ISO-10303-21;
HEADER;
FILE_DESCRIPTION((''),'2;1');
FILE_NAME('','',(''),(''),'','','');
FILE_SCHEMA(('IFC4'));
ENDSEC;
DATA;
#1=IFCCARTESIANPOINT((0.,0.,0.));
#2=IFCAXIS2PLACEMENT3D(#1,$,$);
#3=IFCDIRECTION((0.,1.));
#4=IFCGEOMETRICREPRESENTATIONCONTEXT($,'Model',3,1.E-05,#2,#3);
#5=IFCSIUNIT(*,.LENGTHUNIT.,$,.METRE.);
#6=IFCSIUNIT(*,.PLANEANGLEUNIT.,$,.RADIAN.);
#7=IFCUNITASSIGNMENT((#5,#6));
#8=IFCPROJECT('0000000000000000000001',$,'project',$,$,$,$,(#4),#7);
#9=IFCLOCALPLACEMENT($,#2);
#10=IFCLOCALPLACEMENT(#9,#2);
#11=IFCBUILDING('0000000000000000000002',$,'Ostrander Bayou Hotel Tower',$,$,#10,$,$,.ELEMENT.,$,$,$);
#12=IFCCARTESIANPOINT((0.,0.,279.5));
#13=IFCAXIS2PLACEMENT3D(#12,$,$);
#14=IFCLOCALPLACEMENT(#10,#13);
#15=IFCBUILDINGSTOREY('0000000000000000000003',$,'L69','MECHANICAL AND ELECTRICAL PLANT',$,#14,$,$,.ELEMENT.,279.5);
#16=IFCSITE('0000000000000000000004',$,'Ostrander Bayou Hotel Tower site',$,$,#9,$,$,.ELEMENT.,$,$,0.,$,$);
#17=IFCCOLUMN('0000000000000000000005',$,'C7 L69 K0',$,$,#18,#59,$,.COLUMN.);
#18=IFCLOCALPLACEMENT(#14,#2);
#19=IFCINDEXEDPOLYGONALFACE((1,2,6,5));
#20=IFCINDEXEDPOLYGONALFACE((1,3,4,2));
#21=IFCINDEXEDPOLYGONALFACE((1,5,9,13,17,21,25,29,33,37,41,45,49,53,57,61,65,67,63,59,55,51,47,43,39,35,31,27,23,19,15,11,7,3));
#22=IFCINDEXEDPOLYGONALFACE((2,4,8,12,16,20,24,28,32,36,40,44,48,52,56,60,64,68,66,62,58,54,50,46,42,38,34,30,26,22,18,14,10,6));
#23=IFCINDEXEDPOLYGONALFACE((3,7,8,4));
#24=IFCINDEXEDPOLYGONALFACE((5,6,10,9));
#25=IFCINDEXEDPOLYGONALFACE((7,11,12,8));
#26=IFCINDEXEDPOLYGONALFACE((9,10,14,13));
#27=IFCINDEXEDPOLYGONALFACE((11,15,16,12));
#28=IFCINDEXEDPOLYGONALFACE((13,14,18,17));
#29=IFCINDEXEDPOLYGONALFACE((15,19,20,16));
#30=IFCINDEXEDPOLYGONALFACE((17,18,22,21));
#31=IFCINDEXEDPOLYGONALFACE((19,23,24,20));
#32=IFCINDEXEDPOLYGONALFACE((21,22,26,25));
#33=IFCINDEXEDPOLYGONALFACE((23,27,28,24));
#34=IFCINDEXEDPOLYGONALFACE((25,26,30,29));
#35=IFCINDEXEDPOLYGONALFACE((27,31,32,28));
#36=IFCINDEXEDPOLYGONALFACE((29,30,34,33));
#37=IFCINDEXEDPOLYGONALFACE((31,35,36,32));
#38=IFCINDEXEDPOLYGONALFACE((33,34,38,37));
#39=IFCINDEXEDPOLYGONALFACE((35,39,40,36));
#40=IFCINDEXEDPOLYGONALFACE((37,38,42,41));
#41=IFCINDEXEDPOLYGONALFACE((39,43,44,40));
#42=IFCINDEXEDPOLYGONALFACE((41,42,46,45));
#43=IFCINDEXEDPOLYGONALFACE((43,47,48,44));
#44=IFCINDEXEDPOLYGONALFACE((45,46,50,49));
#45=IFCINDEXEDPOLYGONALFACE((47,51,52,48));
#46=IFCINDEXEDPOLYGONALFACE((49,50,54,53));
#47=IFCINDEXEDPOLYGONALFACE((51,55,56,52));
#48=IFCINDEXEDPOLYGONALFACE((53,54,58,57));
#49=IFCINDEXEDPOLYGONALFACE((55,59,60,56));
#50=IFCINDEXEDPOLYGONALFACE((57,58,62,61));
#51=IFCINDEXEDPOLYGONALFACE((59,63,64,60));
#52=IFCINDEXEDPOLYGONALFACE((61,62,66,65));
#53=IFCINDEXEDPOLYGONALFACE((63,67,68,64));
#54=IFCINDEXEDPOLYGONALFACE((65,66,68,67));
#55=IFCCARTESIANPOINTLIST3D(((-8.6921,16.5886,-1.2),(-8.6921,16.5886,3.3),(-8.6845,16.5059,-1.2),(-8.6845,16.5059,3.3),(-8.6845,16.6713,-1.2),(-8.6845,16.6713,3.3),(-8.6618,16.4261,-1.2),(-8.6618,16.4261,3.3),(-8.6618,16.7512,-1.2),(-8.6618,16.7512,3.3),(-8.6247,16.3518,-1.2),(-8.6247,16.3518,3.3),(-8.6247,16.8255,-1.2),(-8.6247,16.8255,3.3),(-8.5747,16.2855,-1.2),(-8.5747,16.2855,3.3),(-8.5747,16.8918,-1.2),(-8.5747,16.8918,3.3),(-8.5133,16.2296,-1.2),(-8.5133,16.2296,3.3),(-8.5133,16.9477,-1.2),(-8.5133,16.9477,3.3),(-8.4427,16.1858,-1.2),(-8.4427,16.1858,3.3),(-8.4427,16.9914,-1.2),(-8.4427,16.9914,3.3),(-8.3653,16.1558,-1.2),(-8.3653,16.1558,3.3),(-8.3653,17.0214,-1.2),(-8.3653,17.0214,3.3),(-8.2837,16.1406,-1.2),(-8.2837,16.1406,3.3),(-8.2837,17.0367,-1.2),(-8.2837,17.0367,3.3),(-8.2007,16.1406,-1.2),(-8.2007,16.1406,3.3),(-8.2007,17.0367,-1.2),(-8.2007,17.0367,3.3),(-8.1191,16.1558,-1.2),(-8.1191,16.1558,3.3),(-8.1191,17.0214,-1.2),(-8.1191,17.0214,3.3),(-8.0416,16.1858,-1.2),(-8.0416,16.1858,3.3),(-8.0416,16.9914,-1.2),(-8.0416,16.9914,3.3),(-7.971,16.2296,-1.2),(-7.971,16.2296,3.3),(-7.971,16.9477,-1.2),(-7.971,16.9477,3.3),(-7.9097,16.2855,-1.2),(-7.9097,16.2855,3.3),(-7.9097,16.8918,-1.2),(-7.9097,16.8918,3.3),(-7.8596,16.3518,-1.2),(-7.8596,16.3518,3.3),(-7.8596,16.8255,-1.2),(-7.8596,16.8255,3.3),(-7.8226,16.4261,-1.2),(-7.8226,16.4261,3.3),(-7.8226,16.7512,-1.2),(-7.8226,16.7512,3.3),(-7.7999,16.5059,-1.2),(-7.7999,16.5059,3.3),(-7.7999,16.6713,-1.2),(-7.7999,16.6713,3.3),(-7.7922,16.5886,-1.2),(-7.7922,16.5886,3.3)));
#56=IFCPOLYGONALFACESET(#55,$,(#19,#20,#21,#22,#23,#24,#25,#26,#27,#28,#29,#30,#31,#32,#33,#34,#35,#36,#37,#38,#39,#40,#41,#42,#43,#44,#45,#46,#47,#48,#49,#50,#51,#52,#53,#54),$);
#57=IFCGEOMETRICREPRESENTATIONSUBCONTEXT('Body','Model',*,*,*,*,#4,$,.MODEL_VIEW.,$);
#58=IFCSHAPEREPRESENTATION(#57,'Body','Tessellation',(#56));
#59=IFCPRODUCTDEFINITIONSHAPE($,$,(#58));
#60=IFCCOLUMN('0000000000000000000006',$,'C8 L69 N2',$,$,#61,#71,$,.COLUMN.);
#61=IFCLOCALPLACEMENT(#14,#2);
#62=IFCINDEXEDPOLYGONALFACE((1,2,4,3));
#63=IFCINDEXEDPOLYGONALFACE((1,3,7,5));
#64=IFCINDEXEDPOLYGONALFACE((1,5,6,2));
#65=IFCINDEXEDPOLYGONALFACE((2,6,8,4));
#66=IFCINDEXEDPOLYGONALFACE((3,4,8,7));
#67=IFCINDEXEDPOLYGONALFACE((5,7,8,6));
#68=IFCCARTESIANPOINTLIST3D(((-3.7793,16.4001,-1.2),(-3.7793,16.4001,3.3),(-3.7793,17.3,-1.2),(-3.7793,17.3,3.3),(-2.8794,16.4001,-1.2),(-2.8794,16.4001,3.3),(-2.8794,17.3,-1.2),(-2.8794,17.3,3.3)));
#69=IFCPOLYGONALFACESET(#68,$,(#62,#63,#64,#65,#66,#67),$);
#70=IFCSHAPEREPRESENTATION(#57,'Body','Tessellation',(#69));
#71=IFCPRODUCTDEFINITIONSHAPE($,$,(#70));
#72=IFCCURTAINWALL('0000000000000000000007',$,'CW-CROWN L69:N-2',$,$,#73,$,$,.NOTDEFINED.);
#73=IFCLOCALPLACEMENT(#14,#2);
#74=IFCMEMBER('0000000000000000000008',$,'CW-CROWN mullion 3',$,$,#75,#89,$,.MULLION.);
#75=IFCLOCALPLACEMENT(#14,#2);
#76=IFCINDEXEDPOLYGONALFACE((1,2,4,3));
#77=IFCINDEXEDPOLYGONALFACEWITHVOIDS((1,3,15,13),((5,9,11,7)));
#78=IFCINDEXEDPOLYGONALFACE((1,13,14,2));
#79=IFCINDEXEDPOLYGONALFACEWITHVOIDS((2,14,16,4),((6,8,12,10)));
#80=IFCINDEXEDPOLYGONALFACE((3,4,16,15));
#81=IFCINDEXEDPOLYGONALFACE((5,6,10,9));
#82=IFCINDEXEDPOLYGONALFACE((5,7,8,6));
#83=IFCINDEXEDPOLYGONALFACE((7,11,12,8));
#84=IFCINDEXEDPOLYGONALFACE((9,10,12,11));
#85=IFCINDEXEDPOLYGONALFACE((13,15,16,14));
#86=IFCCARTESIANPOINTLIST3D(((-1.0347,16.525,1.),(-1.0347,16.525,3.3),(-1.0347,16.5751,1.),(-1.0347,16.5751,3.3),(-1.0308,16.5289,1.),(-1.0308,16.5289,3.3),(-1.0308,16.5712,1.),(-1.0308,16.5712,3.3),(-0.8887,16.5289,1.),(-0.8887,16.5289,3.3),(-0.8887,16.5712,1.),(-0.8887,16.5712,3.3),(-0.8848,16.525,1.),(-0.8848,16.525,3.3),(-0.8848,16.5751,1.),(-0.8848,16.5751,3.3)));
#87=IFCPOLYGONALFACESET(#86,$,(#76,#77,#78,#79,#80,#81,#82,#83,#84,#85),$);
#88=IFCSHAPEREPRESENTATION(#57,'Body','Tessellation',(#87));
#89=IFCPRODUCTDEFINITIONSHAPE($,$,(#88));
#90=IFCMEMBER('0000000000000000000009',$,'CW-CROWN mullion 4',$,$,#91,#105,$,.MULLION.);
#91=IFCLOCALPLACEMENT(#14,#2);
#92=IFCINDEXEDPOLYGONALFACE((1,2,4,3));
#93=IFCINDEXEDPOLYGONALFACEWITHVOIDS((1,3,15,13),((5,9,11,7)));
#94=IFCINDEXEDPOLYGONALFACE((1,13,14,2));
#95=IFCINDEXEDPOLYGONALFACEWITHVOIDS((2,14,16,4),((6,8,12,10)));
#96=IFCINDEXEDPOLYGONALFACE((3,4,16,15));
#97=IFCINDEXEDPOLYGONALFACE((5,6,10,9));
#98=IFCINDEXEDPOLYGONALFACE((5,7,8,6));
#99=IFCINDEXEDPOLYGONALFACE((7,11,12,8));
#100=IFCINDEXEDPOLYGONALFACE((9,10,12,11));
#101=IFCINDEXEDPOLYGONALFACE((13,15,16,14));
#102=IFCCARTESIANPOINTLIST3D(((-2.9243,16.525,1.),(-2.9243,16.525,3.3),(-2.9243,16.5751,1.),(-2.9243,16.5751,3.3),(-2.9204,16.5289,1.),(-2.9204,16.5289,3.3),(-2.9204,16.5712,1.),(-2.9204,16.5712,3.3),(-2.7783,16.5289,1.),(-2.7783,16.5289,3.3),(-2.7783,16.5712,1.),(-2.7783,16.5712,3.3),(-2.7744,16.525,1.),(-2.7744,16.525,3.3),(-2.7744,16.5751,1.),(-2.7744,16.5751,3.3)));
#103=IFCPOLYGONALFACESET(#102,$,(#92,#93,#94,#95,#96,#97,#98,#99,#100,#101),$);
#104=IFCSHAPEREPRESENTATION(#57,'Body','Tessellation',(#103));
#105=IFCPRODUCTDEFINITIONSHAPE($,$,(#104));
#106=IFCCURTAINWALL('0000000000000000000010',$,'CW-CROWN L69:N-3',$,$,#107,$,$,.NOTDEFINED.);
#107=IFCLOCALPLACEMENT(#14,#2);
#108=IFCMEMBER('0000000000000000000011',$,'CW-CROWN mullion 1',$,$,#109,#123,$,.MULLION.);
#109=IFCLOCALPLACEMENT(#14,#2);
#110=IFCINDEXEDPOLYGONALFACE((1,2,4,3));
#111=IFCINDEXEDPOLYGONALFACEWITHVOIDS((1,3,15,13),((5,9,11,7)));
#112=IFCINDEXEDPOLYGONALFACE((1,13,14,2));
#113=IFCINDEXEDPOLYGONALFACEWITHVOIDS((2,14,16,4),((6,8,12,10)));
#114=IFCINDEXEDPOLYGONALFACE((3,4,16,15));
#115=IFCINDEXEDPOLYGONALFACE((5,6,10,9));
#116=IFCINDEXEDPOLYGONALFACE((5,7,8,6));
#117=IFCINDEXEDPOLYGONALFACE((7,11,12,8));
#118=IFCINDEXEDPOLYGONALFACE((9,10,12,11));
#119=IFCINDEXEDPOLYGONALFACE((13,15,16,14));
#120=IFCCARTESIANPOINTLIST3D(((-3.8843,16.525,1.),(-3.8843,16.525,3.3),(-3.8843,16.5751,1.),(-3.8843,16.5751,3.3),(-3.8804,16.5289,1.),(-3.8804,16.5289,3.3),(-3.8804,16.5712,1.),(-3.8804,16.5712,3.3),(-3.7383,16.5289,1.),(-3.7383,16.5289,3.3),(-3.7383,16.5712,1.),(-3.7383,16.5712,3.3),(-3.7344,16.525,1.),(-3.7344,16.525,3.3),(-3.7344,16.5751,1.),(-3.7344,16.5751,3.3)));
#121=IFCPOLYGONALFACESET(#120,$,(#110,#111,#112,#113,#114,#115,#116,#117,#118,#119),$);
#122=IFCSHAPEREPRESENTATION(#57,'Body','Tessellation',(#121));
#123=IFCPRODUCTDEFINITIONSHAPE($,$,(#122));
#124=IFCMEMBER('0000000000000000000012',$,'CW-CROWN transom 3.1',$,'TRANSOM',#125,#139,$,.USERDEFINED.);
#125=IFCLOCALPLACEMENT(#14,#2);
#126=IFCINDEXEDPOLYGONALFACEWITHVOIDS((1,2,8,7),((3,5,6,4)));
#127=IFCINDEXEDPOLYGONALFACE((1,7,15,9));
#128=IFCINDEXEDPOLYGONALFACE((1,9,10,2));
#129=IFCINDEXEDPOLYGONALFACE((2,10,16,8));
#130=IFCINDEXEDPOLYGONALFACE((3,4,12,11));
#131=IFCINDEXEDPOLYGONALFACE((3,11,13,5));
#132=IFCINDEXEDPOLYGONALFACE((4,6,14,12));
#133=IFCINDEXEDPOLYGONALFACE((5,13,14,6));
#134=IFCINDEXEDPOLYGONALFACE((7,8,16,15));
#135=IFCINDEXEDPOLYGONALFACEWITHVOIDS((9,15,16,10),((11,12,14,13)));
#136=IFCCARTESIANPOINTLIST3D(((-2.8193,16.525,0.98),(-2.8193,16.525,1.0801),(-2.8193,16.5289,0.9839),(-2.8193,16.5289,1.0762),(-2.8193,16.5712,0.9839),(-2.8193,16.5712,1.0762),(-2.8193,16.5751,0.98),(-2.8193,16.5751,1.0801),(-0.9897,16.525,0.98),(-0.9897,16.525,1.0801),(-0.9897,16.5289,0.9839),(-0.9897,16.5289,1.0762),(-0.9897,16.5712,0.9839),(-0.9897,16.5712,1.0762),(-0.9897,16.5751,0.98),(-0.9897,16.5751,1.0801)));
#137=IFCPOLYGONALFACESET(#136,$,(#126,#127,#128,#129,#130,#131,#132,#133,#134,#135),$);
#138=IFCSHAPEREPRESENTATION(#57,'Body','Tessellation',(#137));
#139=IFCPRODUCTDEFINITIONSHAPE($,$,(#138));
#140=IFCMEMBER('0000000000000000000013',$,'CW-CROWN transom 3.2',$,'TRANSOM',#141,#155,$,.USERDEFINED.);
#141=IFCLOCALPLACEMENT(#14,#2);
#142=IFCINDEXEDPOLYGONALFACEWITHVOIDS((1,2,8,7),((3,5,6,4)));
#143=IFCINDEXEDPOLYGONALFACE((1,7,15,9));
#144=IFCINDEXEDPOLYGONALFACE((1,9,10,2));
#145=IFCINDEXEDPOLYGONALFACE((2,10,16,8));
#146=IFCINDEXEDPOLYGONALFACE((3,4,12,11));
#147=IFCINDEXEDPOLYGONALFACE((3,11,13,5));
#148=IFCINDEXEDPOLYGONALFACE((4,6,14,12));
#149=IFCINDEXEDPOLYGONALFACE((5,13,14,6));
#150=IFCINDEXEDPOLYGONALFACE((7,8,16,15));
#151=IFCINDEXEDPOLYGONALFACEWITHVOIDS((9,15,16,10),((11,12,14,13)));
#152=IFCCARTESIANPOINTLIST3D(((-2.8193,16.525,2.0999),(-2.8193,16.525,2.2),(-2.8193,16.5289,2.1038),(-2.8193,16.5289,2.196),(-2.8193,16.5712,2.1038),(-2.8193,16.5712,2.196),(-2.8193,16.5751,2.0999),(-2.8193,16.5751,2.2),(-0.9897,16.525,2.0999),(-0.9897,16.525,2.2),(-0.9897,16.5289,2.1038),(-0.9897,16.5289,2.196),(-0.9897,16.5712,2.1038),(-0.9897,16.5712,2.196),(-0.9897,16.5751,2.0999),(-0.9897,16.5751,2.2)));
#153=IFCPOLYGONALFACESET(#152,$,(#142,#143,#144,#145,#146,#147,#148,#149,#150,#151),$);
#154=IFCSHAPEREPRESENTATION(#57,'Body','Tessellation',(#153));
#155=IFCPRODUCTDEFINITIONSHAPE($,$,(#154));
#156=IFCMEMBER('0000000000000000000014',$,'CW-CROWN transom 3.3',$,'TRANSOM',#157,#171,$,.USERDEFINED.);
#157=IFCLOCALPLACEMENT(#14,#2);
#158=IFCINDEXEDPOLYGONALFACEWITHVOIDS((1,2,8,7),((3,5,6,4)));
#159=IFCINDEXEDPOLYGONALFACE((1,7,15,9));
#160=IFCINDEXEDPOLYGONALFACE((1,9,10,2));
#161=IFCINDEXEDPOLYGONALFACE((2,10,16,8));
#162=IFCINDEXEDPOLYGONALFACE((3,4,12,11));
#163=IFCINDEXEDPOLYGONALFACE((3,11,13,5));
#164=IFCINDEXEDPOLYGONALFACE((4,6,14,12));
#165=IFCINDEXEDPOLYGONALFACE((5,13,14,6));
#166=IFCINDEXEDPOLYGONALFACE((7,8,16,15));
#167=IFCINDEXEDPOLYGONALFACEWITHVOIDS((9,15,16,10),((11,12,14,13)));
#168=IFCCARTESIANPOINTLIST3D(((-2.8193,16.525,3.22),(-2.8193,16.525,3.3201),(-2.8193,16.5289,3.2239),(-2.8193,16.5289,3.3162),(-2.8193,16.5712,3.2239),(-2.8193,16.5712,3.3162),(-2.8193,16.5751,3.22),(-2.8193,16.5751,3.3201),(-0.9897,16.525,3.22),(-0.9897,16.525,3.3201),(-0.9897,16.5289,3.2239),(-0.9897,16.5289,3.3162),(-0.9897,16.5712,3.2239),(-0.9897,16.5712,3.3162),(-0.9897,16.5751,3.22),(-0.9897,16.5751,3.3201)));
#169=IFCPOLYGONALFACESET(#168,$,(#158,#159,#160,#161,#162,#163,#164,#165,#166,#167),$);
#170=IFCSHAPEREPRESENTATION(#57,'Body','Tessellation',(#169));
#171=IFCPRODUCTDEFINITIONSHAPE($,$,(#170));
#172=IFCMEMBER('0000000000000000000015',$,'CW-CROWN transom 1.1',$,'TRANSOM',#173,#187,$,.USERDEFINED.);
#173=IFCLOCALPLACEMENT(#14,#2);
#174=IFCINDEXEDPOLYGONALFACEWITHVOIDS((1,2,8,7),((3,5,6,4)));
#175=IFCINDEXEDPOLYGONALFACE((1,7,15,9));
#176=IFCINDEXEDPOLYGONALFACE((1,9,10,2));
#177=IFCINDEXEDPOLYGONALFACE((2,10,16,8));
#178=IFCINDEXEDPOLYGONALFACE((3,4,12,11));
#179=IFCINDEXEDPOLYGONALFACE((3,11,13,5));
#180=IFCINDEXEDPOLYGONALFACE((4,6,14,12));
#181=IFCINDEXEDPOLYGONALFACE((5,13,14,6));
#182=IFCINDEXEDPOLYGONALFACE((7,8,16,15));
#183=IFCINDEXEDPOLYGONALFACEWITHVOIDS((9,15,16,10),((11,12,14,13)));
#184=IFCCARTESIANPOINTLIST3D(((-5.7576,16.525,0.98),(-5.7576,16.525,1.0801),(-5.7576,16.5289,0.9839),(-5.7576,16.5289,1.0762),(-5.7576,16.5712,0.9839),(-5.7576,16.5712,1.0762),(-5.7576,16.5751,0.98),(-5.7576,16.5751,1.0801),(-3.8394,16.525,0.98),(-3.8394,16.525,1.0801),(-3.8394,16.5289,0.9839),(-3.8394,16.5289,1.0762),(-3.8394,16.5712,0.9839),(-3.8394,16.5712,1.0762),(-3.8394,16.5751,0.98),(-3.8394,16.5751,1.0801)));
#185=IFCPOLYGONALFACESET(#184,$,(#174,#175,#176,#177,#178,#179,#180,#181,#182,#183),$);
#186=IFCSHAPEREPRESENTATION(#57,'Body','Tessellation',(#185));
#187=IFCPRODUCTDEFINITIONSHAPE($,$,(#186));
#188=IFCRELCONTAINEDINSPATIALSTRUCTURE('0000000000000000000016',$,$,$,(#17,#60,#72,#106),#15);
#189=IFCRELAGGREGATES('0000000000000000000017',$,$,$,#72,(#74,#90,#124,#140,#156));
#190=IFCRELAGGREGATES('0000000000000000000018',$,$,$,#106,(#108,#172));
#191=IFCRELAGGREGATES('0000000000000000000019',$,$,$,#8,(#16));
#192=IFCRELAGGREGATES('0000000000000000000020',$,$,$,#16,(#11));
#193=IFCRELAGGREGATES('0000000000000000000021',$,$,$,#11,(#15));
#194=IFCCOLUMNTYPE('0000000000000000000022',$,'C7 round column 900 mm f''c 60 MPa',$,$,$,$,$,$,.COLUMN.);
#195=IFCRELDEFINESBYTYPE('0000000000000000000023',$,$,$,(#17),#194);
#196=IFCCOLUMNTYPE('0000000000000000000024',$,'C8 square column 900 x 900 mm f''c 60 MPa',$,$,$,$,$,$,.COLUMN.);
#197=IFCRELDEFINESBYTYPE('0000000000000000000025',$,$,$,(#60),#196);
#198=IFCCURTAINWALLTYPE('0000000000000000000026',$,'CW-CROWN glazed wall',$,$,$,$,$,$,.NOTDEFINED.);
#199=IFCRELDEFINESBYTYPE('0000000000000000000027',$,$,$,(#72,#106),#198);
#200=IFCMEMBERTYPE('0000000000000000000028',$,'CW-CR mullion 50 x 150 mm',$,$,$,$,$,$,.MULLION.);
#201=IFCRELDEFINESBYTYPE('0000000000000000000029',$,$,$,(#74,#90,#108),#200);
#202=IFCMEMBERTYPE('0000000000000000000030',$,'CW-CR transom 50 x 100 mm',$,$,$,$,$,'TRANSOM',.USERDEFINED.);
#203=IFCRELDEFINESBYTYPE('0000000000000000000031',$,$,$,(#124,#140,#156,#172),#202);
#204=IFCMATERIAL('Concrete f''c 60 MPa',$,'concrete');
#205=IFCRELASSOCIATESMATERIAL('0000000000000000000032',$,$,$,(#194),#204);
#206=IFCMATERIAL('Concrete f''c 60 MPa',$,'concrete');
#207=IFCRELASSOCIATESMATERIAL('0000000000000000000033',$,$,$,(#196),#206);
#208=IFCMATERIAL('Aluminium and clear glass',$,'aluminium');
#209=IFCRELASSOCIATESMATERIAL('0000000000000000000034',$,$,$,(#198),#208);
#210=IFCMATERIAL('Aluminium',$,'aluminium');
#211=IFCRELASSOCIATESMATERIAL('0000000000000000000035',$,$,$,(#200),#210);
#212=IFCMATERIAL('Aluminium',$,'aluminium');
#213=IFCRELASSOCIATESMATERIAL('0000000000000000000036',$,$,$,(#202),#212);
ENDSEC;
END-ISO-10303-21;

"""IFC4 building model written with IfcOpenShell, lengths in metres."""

from ifc_helpers import new_model, si_unit, direction, frame, origin, origin_2d, place, context, subcontext, project, spatial, rectangle, hollow_rectangle, circle, extrude, material, material_profile, profile_set, type_object, element, aggregate, save


model = new_model("IFC4")

# Units and contexts
model_context = context("Model", 3, precision=1e-05, world=origin(), true_north=direction((0.0, 1.0)))
body_context = subcontext(model_context, "Body", "Model", "MODEL_VIEW")
ifc_project = project(units=[si_unit("LENGTHUNIT", "METRE"), si_unit("PLANEANGLEUNIT", "RADIAN")], contexts=[model_context])

# Site, building, storey
site_placement = place(None, origin())
site = spatial("IfcSite", under=ifc_project, at=site_placement, Name="Ostrander Bayou Hotel Tower site", CompositionType="ELEMENT", RefElevation=0.0)
building_placement = place(site_placement, origin())
building = spatial("IfcBuilding", under=site, at=building_placement, Name="Ostrander Bayou Hotel Tower", CompositionType="ELEMENT")
storey_placement = place(building_placement, frame((0.0, 0.0, 279.5)))
storey = spatial("IfcBuildingStorey", under=building, at=storey_placement, Name="L69", Description="MECHANICAL AND ELECTRICAL PLANT", CompositionType="ELEMENT", Elevation=279.5)

# Columns
ifc_material_1 = material(Name="Concrete f'c 60 MPa", Category="concrete")
ifc_material_profile_1 = material_profile(ifc_material_1, circle(Radius=0.45, at=origin_2d()))
ifc_profile_set_1 = profile_set([ifc_material_profile_1], Name="Concrete f'c 60 MPa")
column_type_1 = type_object("IfcColumnType", Name="C7 round column 900 mm f'c 60 MPa", PredefinedType="COLUMN", material=ifc_profile_set_1)
column_1_placement = place(storey_placement, frame((-8.2422, 16.5886, -1.2), z_axis=(0.0, 0.0, 1.0), x_axis=(1.0, 0.0, 0.0)))
element("IfcColumn", 1, at=column_1_placement, inside=storey, type_object=column_type_1, Name="C7 L69 K0", PredefinedType="COLUMN", context=body_context, shape_type="SweptSolid", body=[
    extrude(circle(Radius=0.45, at=origin_2d()), origin(), (0.0, 0.0, 1.0), 4.5),
])
ifc_material_2 = material(Name="Concrete f'c 60 MPa", Category="concrete")
ifc_material_profile_2 = material_profile(ifc_material_2, rectangle(XDim=0.8999, YDim=0.8999, at=origin_2d()))
ifc_profile_set_2 = profile_set([ifc_material_profile_2], Name="Concrete f'c 60 MPa")
column_type_2 = type_object("IfcColumnType", Name="C8 square column 900 x 900 mm f'c 60 MPa", PredefinedType="COLUMN", material=ifc_profile_set_2)
column_2_placement = place(storey_placement, frame((-3.3293, 16.8501, -1.2), z_axis=(0.0, 0.0, 1.0), x_axis=(1.0, 0.0, 0.0)))
element("IfcColumn", 2, at=column_2_placement, inside=storey, type_object=column_type_2, Name="C8 L69 N2", PredefinedType="COLUMN", context=body_context, shape_type="SweptSolid", body=[
    extrude(rectangle(XDim=0.8999, YDim=0.8999, at=origin_2d()), origin(), (0.0, 0.0, 1.0), 4.5),
])

# Curtain wall, members
ifc_material_3 = material(Name="Aluminium and clear glass", Category="aluminium")
curtain_wall_type = type_object("IfcCurtainWallType", Name="CW-CROWN glazed wall", PredefinedType="NOTDEFINED", material=ifc_material_3)
curtain_wall_1_placement = place(storey_placement, origin())
curtain_wall_1 = element("IfcCurtainWall", 3, at=curtain_wall_1_placement, inside=storey, type_object=curtain_wall_type, Name="CW-CROWN L69:N-2", PredefinedType="NOTDEFINED")
ifc_material_4 = material(Name="Aluminium", Category="aluminium")
ifc_material_profile_3 = material_profile(ifc_material_4, hollow_rectangle(XDim=0.05, YDim=0.1499, WallThickness=0.0039, at=origin_2d()))
ifc_profile_set_3 = profile_set([ifc_material_profile_3], Name="Aluminium")
member_type_1 = type_object("IfcMemberType", Name="CW-CR mullion 50 x 150 mm", PredefinedType="MULLION", material=ifc_profile_set_3)
member_1_placement = place(storey_placement, frame((-0.9597, 16.55, 1.0), z_axis=(0.0, 0.0, 1.0), x_axis=(0.0, -1.0, 0.0)))
member_1 = element("IfcMember", 4, at=member_1_placement, type_object=member_type_1, Name="CW-CROWN mullion 3", PredefinedType="MULLION", context=body_context, shape_type="SweptSolid", body=[
    extrude(hollow_rectangle(XDim=0.05, YDim=0.1499, WallThickness=0.0039, at=origin_2d()), origin(), (0.0, 0.0, 1.0), 2.3),
])
member_2_placement = place(storey_placement, frame((-2.8494, 16.55, 1.0), z_axis=(0.0, 0.0, 1.0), x_axis=(0.0, -1.0, 0.0)))
member_2 = element("IfcMember", 5, at=member_2_placement, type_object=member_type_1, Name="CW-CROWN mullion 4", PredefinedType="MULLION", context=body_context, shape_type="SweptSolid", body=[
    extrude(hollow_rectangle(XDim=0.05, YDim=0.1499, WallThickness=0.0039, at=origin_2d()), origin(), (0.0, 0.0, 1.0), 2.3),
])

# Curtain wall, member
curtain_wall_2_placement = place(storey_placement, origin())
curtain_wall_2 = element("IfcCurtainWall", 6, at=curtain_wall_2_placement, inside=storey, type_object=curtain_wall_type, Name="CW-CROWN L69:N-3", PredefinedType="NOTDEFINED")
member_3_placement = place(storey_placement, frame((-3.8093, 16.55, 1.0), z_axis=(0.0, 0.0, 1.0), x_axis=(0.0, -1.0, 0.0)))
member_3 = element("IfcMember", 7, at=member_3_placement, type_object=member_type_1, Name="CW-CROWN mullion 1", PredefinedType="MULLION", context=body_context, shape_type="SweptSolid", body=[
    extrude(hollow_rectangle(XDim=0.05, YDim=0.1499, WallThickness=0.0039, at=origin_2d()), origin(), (0.0, 0.0, 1.0), 2.3),
])

# Members
ifc_material_5 = material(Name="Aluminium", Category="aluminium")
ifc_material_profile_4 = material_profile(ifc_material_5, hollow_rectangle(XDim=0.05, YDim=0.1001, WallThickness=0.0039, at=origin_2d()))
ifc_profile_set_4 = profile_set([ifc_material_profile_4], Name="Aluminium")
member_type_2 = type_object("IfcMemberType", Name="CW-CR transom 50 x 100 mm", ElementType="TRANSOM", PredefinedType="USERDEFINED", material=ifc_profile_set_4)
member_4_placement = place(storey_placement, frame((-0.9897, 16.55, 1.03), z_axis=(-1.0, 0.0, 0.0), x_axis=(0.0, -1.0, 0.0)))
member_4 = element("IfcMember", 8, at=member_4_placement, type_object=member_type_2, Name="CW-CROWN transom 3.1", ObjectType="TRANSOM", PredefinedType="USERDEFINED", context=body_context, shape_type="SweptSolid", body=[
    extrude(hollow_rectangle(XDim=0.05, YDim=0.1001, WallThickness=0.0039, at=origin_2d()), origin(), (0.0, 0.0, 1.0), 1.8296),
])
member_5_placement = place(storey_placement, frame((-0.9897, 16.55, 2.1499), z_axis=(-1.0, 0.0, 0.0), x_axis=(0.0, -1.0, 0.0)))
member_5 = element("IfcMember", 9, at=member_5_placement, type_object=member_type_2, Name="CW-CROWN transom 3.2", ObjectType="TRANSOM", PredefinedType="USERDEFINED", context=body_context, shape_type="SweptSolid", body=[
    extrude(hollow_rectangle(XDim=0.05, YDim=0.1001, WallThickness=0.0039, at=origin_2d()), origin(), (0.0, 0.0, 1.0), 1.8296),
])
member_6_placement = place(storey_placement, frame((-0.9897, 16.55, 3.27), z_axis=(-1.0, 0.0, 0.0), x_axis=(0.0, -1.0, 0.0)))
member_6 = element("IfcMember", 10, at=member_6_placement, type_object=member_type_2, Name="CW-CROWN transom 3.3", ObjectType="TRANSOM", PredefinedType="USERDEFINED", context=body_context, shape_type="SweptSolid", body=[
    extrude(hollow_rectangle(XDim=0.05, YDim=0.1001, WallThickness=0.0039, at=origin_2d()), origin(), (0.0, 0.0, 1.0), 1.8296),
])
member_7_placement = place(storey_placement, frame((-3.8394, 16.55, 1.03), z_axis=(-1.0, 0.0, 0.0), x_axis=(0.0, -1.0, 0.0)))
member_7 = element("IfcMember", 11, at=member_7_placement, type_object=member_type_2, Name="CW-CROWN transom 1.1", ObjectType="TRANSOM", PredefinedType="USERDEFINED", context=body_context, shape_type="SweptSolid", body=[
    extrude(hollow_rectangle(XDim=0.05, YDim=0.1001, WallThickness=0.0039, at=origin_2d()), origin(), (0.0, 0.0, 1.0), 1.9182),
])

aggregate(curtain_wall_1, [member_1, member_2, member_4, member_5, member_6])
aggregate(curtain_wall_2, [member_3, member_7])

save(model, "model.ifc")
